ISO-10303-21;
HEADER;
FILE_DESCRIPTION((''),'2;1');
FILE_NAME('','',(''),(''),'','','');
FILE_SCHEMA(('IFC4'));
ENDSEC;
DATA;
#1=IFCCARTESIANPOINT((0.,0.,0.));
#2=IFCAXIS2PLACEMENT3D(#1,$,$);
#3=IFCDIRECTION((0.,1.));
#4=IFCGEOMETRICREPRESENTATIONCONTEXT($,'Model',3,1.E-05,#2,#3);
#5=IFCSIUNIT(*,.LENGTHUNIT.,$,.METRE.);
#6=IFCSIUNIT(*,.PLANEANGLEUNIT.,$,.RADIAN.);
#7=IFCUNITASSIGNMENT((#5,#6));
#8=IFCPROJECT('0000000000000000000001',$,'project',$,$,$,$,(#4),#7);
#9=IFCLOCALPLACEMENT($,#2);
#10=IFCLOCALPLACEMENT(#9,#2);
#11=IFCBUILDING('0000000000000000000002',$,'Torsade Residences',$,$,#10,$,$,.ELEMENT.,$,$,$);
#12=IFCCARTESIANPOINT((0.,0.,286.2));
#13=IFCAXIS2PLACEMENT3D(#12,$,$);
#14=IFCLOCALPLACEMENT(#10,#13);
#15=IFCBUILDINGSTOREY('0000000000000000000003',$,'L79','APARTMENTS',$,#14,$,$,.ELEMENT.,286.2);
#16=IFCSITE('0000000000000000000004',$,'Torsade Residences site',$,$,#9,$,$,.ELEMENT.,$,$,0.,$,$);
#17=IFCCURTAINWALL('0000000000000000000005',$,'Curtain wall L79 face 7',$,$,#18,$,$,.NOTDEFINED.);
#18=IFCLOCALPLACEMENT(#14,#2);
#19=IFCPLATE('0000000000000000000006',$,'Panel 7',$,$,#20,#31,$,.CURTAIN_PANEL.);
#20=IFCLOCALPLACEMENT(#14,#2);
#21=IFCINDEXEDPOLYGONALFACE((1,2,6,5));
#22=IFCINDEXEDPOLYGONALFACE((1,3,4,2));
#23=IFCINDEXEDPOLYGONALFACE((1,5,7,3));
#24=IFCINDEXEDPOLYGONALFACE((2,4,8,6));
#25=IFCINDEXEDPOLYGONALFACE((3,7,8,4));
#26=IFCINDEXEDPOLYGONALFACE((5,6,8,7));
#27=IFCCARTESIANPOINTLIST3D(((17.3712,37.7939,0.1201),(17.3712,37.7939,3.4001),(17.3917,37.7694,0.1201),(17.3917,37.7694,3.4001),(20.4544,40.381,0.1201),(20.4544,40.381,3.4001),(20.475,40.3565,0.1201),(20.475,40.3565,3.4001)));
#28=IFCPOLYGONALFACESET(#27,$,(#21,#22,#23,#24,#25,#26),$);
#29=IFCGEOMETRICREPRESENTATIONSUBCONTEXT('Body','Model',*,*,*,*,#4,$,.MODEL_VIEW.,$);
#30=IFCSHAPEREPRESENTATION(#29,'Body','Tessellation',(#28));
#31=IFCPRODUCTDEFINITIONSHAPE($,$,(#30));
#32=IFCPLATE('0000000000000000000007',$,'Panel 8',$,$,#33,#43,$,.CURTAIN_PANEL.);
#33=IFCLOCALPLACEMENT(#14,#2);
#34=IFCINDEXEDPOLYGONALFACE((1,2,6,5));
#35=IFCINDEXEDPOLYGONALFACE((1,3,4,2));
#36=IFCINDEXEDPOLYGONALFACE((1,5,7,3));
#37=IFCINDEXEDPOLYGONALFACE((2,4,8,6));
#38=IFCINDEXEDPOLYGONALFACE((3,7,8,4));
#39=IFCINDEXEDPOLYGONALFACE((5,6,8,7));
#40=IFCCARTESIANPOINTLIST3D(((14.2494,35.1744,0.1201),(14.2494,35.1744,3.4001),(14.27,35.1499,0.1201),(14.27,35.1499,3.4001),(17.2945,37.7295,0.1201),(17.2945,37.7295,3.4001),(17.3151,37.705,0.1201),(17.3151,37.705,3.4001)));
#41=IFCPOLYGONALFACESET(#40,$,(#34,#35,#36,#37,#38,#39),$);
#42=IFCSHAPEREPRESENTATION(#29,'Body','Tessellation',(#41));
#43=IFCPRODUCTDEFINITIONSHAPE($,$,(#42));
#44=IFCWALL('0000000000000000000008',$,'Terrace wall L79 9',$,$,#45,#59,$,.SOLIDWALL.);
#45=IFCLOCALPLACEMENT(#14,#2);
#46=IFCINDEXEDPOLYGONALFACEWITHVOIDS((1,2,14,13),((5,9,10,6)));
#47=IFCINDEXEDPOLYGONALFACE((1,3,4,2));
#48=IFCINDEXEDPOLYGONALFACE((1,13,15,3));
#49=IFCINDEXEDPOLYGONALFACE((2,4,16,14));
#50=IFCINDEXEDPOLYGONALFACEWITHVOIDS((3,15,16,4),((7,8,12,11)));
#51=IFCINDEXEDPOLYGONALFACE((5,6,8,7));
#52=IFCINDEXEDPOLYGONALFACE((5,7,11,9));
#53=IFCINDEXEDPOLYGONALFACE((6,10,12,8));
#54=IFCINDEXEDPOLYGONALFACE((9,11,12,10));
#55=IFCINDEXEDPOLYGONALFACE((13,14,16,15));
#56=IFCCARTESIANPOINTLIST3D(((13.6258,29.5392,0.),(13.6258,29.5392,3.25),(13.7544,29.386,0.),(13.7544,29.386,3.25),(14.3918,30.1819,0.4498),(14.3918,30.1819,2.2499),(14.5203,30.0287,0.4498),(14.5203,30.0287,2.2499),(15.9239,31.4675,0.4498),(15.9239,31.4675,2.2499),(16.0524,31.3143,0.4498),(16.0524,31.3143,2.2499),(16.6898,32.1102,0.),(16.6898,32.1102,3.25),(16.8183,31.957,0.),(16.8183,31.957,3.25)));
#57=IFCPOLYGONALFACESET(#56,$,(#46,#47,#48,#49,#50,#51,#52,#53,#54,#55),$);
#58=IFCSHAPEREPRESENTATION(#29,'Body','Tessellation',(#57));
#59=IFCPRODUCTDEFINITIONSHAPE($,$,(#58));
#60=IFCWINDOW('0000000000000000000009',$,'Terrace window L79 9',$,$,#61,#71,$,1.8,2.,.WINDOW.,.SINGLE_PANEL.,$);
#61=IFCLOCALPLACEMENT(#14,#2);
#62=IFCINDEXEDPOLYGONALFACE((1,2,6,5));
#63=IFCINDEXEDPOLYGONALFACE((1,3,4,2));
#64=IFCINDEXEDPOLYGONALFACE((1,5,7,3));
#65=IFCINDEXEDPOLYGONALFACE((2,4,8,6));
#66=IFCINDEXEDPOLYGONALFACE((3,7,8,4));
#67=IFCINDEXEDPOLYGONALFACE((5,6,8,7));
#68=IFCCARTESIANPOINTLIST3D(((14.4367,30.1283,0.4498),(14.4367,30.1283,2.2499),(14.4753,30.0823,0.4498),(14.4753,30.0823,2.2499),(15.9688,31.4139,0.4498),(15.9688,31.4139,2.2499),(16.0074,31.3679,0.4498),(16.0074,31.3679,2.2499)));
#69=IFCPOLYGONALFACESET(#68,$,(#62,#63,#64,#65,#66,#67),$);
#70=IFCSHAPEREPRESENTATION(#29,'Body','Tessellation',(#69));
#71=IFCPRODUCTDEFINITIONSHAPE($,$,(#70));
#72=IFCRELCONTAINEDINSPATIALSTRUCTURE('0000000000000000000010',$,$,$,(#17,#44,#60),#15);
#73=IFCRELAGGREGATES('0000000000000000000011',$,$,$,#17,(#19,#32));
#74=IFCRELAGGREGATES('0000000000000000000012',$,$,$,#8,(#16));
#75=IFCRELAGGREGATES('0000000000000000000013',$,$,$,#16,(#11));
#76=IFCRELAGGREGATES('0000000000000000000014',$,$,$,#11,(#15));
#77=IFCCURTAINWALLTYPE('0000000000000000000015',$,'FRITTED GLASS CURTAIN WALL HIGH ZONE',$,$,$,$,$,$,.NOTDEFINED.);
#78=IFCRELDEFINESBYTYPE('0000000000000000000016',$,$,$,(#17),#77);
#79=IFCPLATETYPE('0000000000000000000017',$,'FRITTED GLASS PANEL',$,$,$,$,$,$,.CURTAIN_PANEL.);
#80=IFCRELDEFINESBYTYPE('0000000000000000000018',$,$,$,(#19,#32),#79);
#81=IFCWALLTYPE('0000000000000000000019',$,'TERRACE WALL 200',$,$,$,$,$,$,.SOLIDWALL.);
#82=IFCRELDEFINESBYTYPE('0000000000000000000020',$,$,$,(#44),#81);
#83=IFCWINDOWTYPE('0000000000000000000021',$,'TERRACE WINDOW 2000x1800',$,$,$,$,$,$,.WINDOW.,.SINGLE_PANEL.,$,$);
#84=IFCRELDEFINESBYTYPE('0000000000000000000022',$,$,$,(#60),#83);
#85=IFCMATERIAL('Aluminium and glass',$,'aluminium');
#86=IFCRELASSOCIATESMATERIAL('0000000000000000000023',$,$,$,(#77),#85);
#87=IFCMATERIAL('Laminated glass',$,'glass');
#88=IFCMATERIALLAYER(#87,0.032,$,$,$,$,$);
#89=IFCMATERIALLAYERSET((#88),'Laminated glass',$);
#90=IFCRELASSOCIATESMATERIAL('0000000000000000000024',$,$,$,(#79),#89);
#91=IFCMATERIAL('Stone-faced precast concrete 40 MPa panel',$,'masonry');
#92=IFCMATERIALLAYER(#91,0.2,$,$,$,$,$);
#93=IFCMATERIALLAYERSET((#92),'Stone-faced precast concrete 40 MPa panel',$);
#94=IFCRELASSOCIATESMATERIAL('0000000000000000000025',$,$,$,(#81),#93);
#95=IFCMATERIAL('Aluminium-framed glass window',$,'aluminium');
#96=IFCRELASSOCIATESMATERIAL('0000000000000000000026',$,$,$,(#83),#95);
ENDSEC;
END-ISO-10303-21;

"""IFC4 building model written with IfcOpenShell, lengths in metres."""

from ifc_helpers import new_model, si_unit, direction, frame, frame_2d, origin, origin_2d, place, context, subcontext, project, spatial, rectangle, extrude, material, layer, layer_set, type_object, element, fill, aggregate, save


model = new_model("IFC4")

# Units and contexts
model_context = context("Model", 3, precision=1e-05, world=origin(), true_north=direction((0.0, 1.0)))
body_context = subcontext(model_context, "Body", "Model", "MODEL_VIEW")
ifc_project = project(units=[si_unit("LENGTHUNIT", "METRE"), si_unit("PLANEANGLEUNIT", "RADIAN")], contexts=[model_context])

# Site, building, storey
site_placement = place(None, origin())
site = spatial("IfcSite", under=ifc_project, at=site_placement, Name="Torsade Residences site", CompositionType="ELEMENT", RefElevation=0.0)
building_placement = place(site_placement, origin())
building = spatial("IfcBuilding", under=site, at=building_placement, Name="Torsade Residences", CompositionType="ELEMENT")
storey_placement = place(building_placement, frame((0.0, 0.0, 286.2)))
storey = spatial("IfcBuildingStorey", under=building, at=storey_placement, Name="L79", Description="APARTMENTS", CompositionType="ELEMENT", Elevation=286.2)

# Curtain wall
ifc_material_1 = material(Name="Aluminium and glass", Category="aluminium")
curtain_wall_type = type_object("IfcCurtainWallType", Name="FRITTED GLASS CURTAIN WALL HIGH ZONE", PredefinedType="NOTDEFINED", material=ifc_material_1)
curtain_wall_1_placement = place(storey_placement, origin())
curtain_wall_1 = element("IfcCurtainWall", 1, at=curtain_wall_1_placement, inside=storey, type_object=curtain_wall_type, Name="Curtain wall L79 face 7", PredefinedType="NOTDEFINED")

# Plates
ifc_material_2 = material(Name="Laminated glass", Category="glass")
ifc_layer_1 = layer(ifc_material_2, 0.032)
ifc_layer_set_1 = layer_set([ifc_layer_1], Name="Laminated glass")
plate_type = type_object("IfcPlateType", Name="FRITTED GLASS PANEL", PredefinedType="CURTAIN_PANEL", material=ifc_layer_set_1)
plate_1_placement = place(storey_placement, frame((18.9231, 39.0752, 0.1201), z_axis=(0.0, 0.0, 1.0), x_axis=(-0.766044, -0.642788, 0.0)))
plate_1 = element("IfcPlate", 2, at=plate_1_placement, type_object=plate_type, Name="Panel 7", PredefinedType="CURTAIN_PANEL", context=body_context, shape_type="SweptSolid", body=[
    extrude(rectangle(XDim=4.0249, YDim=0.032, at=origin_2d()), origin(), (0.0, 0.0, 1.0), 3.28),
])
plate_2_placement = place(storey_placement, frame((15.7822, 36.4397, 0.1201), z_axis=(0.0, 0.0, 1.0), x_axis=(-0.766044, -0.642788, 0.0)))
plate_2 = element("IfcPlate", 3, at=plate_2_placement, type_object=plate_type, Name="Panel 8", PredefinedType="CURTAIN_PANEL", context=body_context, shape_type="SweptSolid", body=[
    extrude(rectangle(XDim=3.9751, YDim=0.032, at=origin_2d()), origin(), (0.0, 0.0, 1.0), 3.28),
])
aggregate(curtain_wall_1, [plate_1, plate_2])

# Shared definitions
ifc_material_3 = material(Name="Stone-faced precast concrete 40 MPa panel", Category="masonry")
ifc_layer_2 = layer(ifc_material_3, 0.2)
ifc_layer_set_2 = layer_set([ifc_layer_2], Name="Stone-faced precast concrete 40 MPa panel")
wall_type = type_object("IfcWallType", Name="TERRACE WALL 200", PredefinedType="SOLIDWALL", material=ifc_layer_set_2)

# Wall, opening, window
wall_1_placement = place(storey_placement, frame((16.7542, 32.0337, 0.0), z_axis=(0.0, 0.0, 1.0), x_axis=(-0.766035, -0.642798, 0.0)))
wall_1 = element("IfcWall", 4, at=wall_1_placement, inside=storey, type_object=wall_type, Name="Terrace wall L79 9", PredefinedType="SOLIDWALL", context=body_context, shape_type="SweptSolid", body=[
    extrude(rectangle(XDim=3.9998, YDim=0.2, at=frame_2d((2.0, 0.0))), origin(), (0.0, 0.0, 1.0), 3.25),
])
opening_1_placement = place(wall_1_placement, frame((1.0, 0.0, 0.45)))
opening_1 = element("IfcOpeningElement", 5, at=opening_1_placement, cuts=wall_1, PredefinedType="OPENING", context=body_context, shape_type="SweptSolid", body=[
    extrude(rectangle(XDim=2.0, YDim=1.8, at=frame_2d((1.0, 0.8999))), frame((0.0, 0.1099, 0.0), z_axis=(0.0, -1.0, 0.0), x_axis=(1.0, 0.0, 0.0)), (0.0, 0.0, 1.0), 0.22),
])
ifc_material_4 = material(Name="Aluminium-framed glass window", Category="aluminium")
window_type = type_object("IfcWindowType", Name="TERRACE WINDOW 2000x1800", PartitioningType="SINGLE_PANEL", PredefinedType="WINDOW", material=ifc_material_4)
window_placement = place(opening_1_placement, origin())
window = element("IfcWindow", 6, at=window_placement, inside=storey, type_object=window_type, Name="Terrace window L79 9", OverallHeight=1.8, OverallWidth=2.0, PartitioningType="SINGLE_PANEL", PredefinedType="WINDOW", context=body_context, shape_type="SweptSolid", body=[
    extrude(rectangle(XDim=2.0, YDim=1.8, at=frame_2d((1.0, 0.8999))), frame((0.0, 0.03, 0.0), z_axis=(0.0, -1.0, 0.0), x_axis=(1.0, 0.0, 0.0)), (0.0, 0.0, 1.0), 0.0601),
])
fill(opening_1, window)

save(model, "model.ifc")
